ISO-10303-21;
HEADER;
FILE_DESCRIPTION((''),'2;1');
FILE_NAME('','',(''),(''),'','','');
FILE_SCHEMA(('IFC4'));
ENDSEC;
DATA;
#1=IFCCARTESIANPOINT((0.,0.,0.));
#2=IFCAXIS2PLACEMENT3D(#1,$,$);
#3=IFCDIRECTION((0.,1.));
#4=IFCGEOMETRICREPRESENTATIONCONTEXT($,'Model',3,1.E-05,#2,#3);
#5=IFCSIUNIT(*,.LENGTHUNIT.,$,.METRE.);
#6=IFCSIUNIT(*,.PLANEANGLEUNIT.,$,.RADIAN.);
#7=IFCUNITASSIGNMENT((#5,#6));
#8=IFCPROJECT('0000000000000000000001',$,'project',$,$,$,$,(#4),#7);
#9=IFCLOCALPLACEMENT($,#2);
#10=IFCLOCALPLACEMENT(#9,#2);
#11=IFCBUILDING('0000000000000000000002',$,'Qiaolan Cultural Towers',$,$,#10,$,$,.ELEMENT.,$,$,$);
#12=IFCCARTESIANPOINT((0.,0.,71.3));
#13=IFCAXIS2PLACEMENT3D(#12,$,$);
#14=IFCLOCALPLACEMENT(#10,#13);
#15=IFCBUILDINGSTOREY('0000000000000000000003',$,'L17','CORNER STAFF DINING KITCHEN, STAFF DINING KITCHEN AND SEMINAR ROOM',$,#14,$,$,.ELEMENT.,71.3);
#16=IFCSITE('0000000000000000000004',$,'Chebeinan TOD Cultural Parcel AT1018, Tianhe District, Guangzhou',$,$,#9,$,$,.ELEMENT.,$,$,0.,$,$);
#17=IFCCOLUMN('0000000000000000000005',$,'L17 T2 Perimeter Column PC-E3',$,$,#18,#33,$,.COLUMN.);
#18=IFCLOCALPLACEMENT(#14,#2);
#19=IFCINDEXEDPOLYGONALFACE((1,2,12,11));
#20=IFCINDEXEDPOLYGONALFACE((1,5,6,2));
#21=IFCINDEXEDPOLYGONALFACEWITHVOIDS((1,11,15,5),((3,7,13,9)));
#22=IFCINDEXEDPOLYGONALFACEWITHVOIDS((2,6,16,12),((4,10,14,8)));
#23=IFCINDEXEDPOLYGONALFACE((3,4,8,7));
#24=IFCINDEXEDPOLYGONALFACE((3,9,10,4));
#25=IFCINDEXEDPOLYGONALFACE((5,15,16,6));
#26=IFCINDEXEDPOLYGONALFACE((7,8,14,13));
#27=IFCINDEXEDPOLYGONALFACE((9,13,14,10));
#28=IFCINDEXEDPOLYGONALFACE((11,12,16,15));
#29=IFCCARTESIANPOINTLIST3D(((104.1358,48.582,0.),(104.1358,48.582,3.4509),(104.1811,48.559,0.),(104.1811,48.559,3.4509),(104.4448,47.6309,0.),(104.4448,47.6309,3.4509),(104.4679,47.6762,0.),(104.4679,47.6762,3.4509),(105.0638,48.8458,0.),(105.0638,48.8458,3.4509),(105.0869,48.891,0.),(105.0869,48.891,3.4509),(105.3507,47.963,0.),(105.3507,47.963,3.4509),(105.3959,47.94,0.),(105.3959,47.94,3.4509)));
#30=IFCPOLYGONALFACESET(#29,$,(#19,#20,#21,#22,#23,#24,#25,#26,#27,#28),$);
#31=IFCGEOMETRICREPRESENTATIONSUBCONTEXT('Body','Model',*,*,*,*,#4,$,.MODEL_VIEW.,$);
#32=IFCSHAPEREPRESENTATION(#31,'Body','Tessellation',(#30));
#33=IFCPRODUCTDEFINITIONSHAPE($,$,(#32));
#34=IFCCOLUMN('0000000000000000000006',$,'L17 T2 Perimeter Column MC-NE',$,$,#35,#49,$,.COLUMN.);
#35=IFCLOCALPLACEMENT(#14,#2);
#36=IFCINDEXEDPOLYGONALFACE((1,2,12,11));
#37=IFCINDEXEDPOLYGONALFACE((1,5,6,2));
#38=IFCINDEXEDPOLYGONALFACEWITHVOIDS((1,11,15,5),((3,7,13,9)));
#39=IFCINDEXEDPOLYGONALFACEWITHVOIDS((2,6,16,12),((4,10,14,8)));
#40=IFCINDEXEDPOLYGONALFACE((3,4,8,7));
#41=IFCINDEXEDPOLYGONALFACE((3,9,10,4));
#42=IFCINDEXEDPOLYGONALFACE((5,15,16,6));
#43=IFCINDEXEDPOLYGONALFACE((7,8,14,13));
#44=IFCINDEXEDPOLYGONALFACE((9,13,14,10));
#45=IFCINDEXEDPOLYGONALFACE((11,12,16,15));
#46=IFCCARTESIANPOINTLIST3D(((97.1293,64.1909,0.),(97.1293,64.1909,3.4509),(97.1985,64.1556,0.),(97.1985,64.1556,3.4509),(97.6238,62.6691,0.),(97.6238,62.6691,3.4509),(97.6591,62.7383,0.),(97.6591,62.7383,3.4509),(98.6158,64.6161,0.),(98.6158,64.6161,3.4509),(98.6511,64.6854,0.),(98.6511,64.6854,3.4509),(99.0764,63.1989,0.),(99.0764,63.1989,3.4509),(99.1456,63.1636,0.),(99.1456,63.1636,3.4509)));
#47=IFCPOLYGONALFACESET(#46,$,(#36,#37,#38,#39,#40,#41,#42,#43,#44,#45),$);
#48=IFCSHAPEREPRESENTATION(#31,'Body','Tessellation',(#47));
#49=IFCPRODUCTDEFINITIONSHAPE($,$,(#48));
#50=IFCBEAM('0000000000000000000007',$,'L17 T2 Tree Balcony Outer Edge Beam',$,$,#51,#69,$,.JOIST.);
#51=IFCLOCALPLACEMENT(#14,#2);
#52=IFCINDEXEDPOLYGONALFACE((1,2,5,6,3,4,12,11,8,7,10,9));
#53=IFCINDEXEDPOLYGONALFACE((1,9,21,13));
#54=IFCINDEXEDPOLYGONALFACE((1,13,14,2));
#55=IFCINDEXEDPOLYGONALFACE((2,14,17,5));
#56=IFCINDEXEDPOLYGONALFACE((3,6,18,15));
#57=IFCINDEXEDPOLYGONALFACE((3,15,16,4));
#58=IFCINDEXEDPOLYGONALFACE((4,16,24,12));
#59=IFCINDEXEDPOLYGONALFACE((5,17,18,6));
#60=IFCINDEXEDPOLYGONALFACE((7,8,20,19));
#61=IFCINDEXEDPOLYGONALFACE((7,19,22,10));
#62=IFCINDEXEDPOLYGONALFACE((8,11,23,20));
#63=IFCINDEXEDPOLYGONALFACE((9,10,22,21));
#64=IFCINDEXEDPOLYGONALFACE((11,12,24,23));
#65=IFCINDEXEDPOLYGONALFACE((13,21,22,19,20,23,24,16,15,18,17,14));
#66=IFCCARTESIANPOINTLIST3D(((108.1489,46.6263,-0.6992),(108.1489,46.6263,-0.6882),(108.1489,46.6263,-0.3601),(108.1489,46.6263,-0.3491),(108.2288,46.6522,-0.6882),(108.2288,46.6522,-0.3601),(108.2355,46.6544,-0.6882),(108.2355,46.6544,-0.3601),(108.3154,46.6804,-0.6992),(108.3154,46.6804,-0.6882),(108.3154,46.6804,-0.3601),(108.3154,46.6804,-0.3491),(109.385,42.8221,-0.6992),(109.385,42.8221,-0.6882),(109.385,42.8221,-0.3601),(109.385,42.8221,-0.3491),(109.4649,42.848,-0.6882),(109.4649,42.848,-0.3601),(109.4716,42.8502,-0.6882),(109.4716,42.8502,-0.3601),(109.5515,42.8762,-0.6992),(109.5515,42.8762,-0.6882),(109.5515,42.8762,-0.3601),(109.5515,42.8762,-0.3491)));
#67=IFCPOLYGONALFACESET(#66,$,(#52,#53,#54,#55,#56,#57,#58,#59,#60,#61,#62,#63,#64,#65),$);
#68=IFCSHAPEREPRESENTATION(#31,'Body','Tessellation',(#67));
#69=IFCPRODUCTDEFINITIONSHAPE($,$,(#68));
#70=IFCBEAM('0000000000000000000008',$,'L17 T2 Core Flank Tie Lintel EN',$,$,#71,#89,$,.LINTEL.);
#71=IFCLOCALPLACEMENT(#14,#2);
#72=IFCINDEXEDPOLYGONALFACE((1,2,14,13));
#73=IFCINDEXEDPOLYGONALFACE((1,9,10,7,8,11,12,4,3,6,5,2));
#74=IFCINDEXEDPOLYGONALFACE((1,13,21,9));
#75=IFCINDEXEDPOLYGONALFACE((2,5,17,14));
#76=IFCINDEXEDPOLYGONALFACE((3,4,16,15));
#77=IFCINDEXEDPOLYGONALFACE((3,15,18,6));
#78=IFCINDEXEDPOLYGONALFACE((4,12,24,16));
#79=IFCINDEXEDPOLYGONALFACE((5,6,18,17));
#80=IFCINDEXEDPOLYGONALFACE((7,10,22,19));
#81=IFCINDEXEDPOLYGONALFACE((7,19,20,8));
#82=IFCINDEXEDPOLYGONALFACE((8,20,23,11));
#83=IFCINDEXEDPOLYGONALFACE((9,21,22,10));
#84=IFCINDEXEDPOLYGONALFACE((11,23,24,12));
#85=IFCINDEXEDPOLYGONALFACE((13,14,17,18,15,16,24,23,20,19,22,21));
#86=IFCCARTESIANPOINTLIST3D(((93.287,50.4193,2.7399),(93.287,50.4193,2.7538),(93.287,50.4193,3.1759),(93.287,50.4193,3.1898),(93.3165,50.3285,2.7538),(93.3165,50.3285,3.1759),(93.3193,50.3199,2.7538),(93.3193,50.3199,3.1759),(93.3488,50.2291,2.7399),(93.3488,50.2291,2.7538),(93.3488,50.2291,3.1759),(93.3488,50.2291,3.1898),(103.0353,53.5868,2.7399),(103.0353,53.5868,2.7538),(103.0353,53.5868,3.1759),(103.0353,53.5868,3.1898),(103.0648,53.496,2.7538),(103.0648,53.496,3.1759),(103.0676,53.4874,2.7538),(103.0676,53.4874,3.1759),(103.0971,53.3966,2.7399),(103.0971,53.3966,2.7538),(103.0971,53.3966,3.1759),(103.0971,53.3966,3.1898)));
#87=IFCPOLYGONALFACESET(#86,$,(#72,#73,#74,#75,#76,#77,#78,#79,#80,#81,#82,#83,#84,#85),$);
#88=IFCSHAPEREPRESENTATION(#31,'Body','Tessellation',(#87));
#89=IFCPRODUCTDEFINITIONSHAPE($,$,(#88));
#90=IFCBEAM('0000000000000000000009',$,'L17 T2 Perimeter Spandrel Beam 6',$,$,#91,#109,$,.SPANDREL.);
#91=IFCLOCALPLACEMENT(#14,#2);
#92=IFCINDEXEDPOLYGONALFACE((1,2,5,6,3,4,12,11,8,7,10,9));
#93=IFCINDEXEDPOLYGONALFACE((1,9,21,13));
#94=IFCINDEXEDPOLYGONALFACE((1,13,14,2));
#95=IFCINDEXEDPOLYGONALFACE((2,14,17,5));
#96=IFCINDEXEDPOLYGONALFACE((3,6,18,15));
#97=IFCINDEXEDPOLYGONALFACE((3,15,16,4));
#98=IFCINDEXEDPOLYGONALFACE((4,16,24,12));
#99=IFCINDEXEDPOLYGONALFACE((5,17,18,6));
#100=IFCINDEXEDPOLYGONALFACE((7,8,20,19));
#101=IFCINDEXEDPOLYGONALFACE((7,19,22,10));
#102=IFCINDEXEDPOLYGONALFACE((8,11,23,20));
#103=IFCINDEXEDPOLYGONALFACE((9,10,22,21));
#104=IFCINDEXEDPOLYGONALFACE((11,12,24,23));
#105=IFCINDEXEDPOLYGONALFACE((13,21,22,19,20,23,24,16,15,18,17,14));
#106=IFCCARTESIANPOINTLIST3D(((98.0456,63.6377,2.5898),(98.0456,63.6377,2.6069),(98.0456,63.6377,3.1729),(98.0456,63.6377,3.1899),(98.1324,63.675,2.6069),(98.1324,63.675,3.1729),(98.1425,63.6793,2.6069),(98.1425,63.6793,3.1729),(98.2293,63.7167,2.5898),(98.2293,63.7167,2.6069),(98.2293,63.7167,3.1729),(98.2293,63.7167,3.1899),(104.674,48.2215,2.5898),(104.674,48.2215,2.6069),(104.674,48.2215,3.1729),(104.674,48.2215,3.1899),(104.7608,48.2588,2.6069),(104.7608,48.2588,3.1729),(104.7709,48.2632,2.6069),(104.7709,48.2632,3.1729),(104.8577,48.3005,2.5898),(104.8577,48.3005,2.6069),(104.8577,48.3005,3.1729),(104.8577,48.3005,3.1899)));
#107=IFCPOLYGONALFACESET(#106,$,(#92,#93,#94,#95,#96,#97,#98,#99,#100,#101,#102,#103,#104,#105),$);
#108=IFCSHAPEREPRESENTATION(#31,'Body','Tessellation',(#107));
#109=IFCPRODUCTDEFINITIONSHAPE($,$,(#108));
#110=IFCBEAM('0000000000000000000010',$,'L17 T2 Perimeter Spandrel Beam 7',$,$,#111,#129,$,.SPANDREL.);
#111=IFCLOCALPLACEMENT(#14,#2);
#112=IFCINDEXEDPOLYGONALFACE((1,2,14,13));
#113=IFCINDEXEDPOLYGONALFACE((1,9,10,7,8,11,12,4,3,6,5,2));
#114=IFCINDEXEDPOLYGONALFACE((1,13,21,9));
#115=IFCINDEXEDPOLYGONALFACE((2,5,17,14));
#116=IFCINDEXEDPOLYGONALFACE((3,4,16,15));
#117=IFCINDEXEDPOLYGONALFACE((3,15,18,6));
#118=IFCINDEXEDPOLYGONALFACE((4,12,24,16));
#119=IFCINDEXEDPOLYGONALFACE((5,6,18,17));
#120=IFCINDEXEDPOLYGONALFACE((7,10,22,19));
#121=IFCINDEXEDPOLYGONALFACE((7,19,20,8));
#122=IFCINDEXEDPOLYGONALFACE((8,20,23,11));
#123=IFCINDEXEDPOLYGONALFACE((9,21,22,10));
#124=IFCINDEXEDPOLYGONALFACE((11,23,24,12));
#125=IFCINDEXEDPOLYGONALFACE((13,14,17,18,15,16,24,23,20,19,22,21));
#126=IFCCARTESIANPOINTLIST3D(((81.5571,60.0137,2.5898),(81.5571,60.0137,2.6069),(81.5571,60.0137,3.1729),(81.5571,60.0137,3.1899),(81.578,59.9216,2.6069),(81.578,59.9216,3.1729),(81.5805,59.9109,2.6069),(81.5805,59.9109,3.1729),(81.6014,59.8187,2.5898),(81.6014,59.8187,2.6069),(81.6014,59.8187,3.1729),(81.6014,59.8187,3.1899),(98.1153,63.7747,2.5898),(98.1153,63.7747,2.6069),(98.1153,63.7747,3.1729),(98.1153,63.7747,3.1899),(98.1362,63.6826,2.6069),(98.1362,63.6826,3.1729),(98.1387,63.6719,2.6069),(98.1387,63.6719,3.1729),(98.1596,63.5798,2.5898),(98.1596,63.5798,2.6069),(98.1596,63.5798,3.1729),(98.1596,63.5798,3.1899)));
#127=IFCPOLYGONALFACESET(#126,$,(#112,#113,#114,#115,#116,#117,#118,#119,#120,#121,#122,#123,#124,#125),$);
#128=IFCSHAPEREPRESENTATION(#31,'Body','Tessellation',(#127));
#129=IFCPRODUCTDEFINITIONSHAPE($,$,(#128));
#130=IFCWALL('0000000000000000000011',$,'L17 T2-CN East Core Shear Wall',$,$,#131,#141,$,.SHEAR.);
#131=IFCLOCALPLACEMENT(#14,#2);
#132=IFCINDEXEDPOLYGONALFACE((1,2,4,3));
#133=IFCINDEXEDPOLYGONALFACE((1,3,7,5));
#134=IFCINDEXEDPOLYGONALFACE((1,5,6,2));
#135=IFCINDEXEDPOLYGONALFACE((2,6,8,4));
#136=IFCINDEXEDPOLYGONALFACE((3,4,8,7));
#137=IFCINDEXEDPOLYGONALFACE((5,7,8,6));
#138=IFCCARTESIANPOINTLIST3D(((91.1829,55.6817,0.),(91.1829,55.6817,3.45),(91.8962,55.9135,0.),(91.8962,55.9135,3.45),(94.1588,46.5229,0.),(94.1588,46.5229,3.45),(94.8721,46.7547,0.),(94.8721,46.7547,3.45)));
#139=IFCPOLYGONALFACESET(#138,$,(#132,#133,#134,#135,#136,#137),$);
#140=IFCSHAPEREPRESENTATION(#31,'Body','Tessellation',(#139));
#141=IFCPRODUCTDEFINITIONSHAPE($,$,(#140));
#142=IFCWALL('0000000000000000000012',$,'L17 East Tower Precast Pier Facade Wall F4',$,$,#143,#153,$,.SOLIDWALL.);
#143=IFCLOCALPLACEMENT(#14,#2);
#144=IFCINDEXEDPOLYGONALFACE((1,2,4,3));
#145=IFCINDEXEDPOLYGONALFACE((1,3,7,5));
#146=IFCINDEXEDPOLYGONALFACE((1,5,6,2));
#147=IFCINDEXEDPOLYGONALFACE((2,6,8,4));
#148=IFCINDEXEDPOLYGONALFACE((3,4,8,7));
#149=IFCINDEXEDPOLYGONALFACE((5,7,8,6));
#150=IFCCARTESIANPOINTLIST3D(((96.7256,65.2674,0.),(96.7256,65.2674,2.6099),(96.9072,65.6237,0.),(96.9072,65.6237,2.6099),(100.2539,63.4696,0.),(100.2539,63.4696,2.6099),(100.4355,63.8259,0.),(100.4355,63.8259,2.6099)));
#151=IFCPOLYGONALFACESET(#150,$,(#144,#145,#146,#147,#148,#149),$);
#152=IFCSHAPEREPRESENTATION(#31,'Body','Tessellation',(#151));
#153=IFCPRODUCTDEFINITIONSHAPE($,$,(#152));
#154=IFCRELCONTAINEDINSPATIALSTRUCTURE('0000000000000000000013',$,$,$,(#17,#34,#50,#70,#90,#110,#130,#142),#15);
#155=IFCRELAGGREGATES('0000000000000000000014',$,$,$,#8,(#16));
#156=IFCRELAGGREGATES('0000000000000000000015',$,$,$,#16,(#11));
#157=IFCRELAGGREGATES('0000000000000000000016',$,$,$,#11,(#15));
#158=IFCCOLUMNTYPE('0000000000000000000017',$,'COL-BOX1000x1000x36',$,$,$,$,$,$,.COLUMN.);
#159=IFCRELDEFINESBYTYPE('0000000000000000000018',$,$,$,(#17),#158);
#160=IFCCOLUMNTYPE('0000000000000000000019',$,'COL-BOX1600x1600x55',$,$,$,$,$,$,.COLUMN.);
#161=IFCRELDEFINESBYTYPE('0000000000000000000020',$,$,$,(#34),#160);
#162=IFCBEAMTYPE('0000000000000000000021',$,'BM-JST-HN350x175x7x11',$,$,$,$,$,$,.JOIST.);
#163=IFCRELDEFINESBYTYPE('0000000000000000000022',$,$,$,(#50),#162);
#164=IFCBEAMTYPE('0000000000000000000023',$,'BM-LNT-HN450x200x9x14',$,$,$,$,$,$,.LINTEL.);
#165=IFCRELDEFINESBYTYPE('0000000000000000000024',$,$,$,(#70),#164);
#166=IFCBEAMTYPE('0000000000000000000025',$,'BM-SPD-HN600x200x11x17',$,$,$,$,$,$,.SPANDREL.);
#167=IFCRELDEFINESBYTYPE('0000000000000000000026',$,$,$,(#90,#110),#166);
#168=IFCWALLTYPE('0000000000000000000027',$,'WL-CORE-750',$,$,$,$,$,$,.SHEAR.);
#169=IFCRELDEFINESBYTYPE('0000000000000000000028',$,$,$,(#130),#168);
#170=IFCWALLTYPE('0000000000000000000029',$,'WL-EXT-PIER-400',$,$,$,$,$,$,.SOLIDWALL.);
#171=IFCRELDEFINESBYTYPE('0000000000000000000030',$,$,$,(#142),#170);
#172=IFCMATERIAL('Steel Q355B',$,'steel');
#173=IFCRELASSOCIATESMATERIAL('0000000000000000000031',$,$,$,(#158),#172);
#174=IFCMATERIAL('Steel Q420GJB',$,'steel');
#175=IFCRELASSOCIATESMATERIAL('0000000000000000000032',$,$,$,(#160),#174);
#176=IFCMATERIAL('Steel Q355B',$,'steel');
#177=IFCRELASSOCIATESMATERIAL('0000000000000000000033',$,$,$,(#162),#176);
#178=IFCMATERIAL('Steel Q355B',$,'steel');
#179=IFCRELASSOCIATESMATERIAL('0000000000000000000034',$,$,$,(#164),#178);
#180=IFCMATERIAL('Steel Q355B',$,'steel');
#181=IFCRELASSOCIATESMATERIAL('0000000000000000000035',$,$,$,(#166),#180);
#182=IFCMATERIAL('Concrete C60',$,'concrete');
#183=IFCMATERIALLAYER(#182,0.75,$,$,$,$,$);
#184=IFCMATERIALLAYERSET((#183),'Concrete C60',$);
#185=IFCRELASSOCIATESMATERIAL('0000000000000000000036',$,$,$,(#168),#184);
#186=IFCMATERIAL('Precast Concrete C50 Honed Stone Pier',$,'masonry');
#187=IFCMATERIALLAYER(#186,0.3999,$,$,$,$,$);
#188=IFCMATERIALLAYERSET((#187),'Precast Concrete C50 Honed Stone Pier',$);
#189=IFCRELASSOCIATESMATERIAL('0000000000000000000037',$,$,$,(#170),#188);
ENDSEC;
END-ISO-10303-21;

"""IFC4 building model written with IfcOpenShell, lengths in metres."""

from ifc_helpers import new_model, si_unit, direction, frame, frame_2d, origin, origin_2d, place, context, subcontext, project, spatial, rectangle, hollow_rectangle, i_section, extrude, material, layer, layer_set, material_profile, profile_set, type_object, element, save


model = new_model("IFC4")

# Units and contexts
model_context = context("Model", 3, precision=1e-05, world=origin(), true_north=direction((0.0, 1.0)))
body_context = subcontext(model_context, "Body", "Model", "MODEL_VIEW")
ifc_project = project(units=[si_unit("LENGTHUNIT", "METRE"), si_unit("PLANEANGLEUNIT", "RADIAN")], contexts=[model_context])

# Site, building, storey
site_placement = place(None, origin())
site = spatial("IfcSite", under=ifc_project, at=site_placement, Name="Chebeinan TOD Cultural Parcel AT1018, Tianhe District, Guangzhou", CompositionType="ELEMENT", RefElevation=0.0)
building_placement = place(site_placement, origin())
building = spatial("IfcBuilding", under=site, at=building_placement, Name="Qiaolan Cultural Towers", CompositionType="ELEMENT")
storey_placement = place(building_placement, frame((0.0, 0.0, 71.3)))
storey = spatial("IfcBuildingStorey", under=building, at=storey_placement, Name="L17", Description="CORNER STAFF DINING KITCHEN, STAFF DINING KITCHEN AND SEMINAR ROOM", CompositionType="ELEMENT", Elevation=71.3)

# Columns
ifc_material_1 = material(Name="Steel Q355B", Category="steel")
ifc_material_profile_1 = material_profile(ifc_material_1, hollow_rectangle(XDim=1.0, YDim=1.0, WallThickness=0.0359, at=origin_2d()), Name="BOX1000x1000x36")
ifc_profile_set_1 = profile_set([ifc_material_profile_1], Name="Steel Q355B")
column_type_1 = type_object("IfcColumnType", Name="COL-BOX1000x1000x36", PredefinedType="COLUMN", material=ifc_profile_set_1)
column_1_placement = place(storey_placement, frame((104.7659, 48.261, 0.0), z_axis=(0.0, 0.0, 1.0), x_axis=(0.951057, 0.309017, 0.0)))
element("IfcColumn", 1, at=column_1_placement, inside=storey, type_object=column_type_1, Name="L17 T2 Perimeter Column PC-E3", PredefinedType="COLUMN", context=body_context, shape_type="SweptSolid", body=[
    extrude(hollow_rectangle(XDim=1.0, YDim=1.0, WallThickness=0.0359, at=origin_2d()), origin(), (0.0, 0.0, 1.0), 3.4509),
])
ifc_material_2 = material(Name="Steel Q420GJB", Category="steel")
ifc_material_profile_2 = material_profile(ifc_material_2, hollow_rectangle(XDim=1.6001, YDim=1.6001, WallThickness=0.0549, at=origin_2d()), Name="BOX1600x1600x55")
ifc_profile_set_2 = profile_set([ifc_material_profile_2], Name="Steel Q420GJB")
column_type_2 = type_object("IfcColumnType", Name="COL-BOX1600x1600x55", PredefinedType="COLUMN", material=ifc_profile_set_2)
column_2_placement = place(storey_placement, frame((98.1375, 63.6772, 0.0), z_axis=(0.0, 0.0, 1.0), x_axis=(0.951057, 0.309017, 0.0)))
element("IfcColumn", 2, at=column_2_placement, inside=storey, type_object=column_type_2, Name="L17 T2 Perimeter Column MC-NE", PredefinedType="COLUMN", context=body_context, shape_type="SweptSolid", body=[
    extrude(hollow_rectangle(XDim=1.6001, YDim=1.6001, WallThickness=0.0549, at=origin_2d()), origin(), (0.0, 0.0, 1.0), 3.4509),
])

# Beams
ifc_material_3 = material(Name="Steel Q355B", Category="steel")
ifc_material_profile_3 = material_profile(ifc_material_3, i_section(OverallWidth=0.175, OverallDepth=0.3501, WebThickness=0.0071, FlangeThickness=0.011, at=origin_2d()), Name="HN350x175x7x11")
ifc_profile_set_3 = profile_set([ifc_material_profile_3], Name="Steel Q355B")
beam_type_1 = type_object("IfcBeamType", Name="BM-JST-HN350x175x7x11", PredefinedType="JOIST", material=ifc_profile_set_3)
beam_1_placement = place(storey_placement, frame((109.4683, 42.8491, -0.5242), z_axis=(-0.309023, 0.951055, 0.0), x_axis=(-0.951055, -0.309023, 0.0)))
element("IfcBeam", 3, at=beam_1_placement, inside=storey, type_object=beam_type_1, Name="L17 T2 Tree Balcony Outer Edge Beam", PredefinedType="JOIST", context=body_context, shape_type="SweptSolid", body=[
    extrude(i_section(OverallWidth=0.175, OverallDepth=0.3501, WebThickness=0.0071, FlangeThickness=0.011, at=origin_2d()), origin(), (0.0, 0.0, 1.0), 4.0),
])
ifc_material_4 = material(Name="Steel Q355B", Category="steel")
ifc_material_profile_4 = material_profile(ifc_material_4, i_section(OverallWidth=0.2, OverallDepth=0.45, WebThickness=0.009, FlangeThickness=0.0139, at=origin_2d()), Name="HN450x200x9x14")
ifc_profile_set_4 = profile_set([ifc_material_profile_4], Name="Steel Q355B")
beam_type_2 = type_object("IfcBeamType", Name="BM-LNT-HN450x200x9x14", PredefinedType="LINTEL", material=ifc_profile_set_4)
beam_2_placement = place(storey_placement, frame((93.3179, 50.3242, 2.9648), z_axis=(0.951055, 0.309023, 0.0), x_axis=(-0.309023, 0.951055, 0.0)))
element("IfcBeam", 4, at=beam_2_placement, inside=storey, type_object=beam_type_2, Name="L17 T2 Core Flank Tie Lintel EN", PredefinedType="LINTEL", context=body_context, shape_type="SweptSolid", body=[
    extrude(i_section(OverallWidth=0.2, OverallDepth=0.45, WebThickness=0.009, FlangeThickness=0.0139, at=origin_2d()), origin(), (0.0, 0.0, 1.0), 10.25),
])
ifc_material_5 = material(Name="Steel Q355B", Category="steel")
ifc_material_profile_5 = material_profile(ifc_material_5, i_section(OverallWidth=0.2, OverallDepth=0.6001, WebThickness=0.011, FlangeThickness=0.0171, at=origin_2d()), Name="HN600x200x11x17")
ifc_profile_set_5 = profile_set([ifc_material_profile_5], Name="Steel Q355B")
beam_type_3 = type_object("IfcBeamType", Name="BM-SPD-HN600x200x11x17", PredefinedType="SPANDREL", material=ifc_profile_set_5)
beam_3_placement = place(storey_placement, frame((104.7659, 48.261, 2.8899), z_axis=(-0.394999, 0.918682, 0.0), x_axis=(-0.918682, -0.394999, 0.0)))
element("IfcBeam", 5, at=beam_3_placement, inside=storey, type_object=beam_type_3, Name="L17 T2 Perimeter Spandrel Beam 6", PredefinedType="SPANDREL", context=body_context, shape_type="SweptSolid", body=[
    extrude(i_section(OverallWidth=0.2, OverallDepth=0.6001, WebThickness=0.011, FlangeThickness=0.0171, at=origin_2d()), origin(), (0.0, 0.0, 1.0), 16.7808),
])
beam_4_placement = place(storey_placement, frame((98.1375, 63.6772, 2.8899), z_axis=(-0.975161, -0.221497, 0.0), x_axis=(0.221497, -0.975161, 0.0)))
element("IfcBeam", 6, at=beam_4_placement, inside=storey, type_object=beam_type_3, Name="L17 T2 Perimeter Spandrel Beam 7", PredefinedType="SPANDREL", context=body_context, shape_type="SweptSolid", body=[
    extrude(i_section(OverallWidth=0.2, OverallDepth=0.6001, WebThickness=0.011, FlangeThickness=0.0171, at=origin_2d()), origin(), (0.0, 0.0, 1.0), 16.98),
])

# Walls
ifc_material_6 = material(Name="Concrete C60", Category="concrete")
ifc_layer_1 = layer(ifc_material_6, 0.75)
ifc_layer_set_1 = layer_set([ifc_layer_1], Name="Concrete C60")
wall_type_1 = type_object("IfcWallType", Name="WL-CORE-750", PredefinedType="SHEAR", material=ifc_layer_set_1)
wall_1_placement = place(storey_placement, frame((94.5154, 46.6389, 0.0), z_axis=(0.0, 0.0, 1.0), x_axis=(-0.309016, 0.951057, 0.0)))
element("IfcWall", 7, at=wall_1_placement, inside=storey, type_object=wall_type_1, Name="L17 T2-CN East Core Shear Wall", PredefinedType="SHEAR", context=body_context, shape_type="SweptSolid", body=[
    extrude(rectangle(XDim=9.6301, YDim=0.75, at=frame_2d((4.8149, 0.0))), origin(), (0.0, 0.0, 1.0), 3.45),
])
ifc_material_7 = material(Name="Precast Concrete C50 Honed Stone Pier", Category="masonry")
ifc_layer_2 = layer(ifc_material_7, 0.3999)
ifc_layer_set_2 = layer_set([ifc_layer_2], Name="Precast Concrete C50 Honed Stone Pier")
wall_type_2 = type_object("IfcWallType", Name="WL-EXT-PIER-400", PredefinedType="SOLIDWALL", material=ifc_layer_set_2)
wall_2_placement = place(storey_placement, frame((96.8164, 65.4456, 0.0), z_axis=(0.0, 0.0, 1.0), x_axis=(0.890998, -0.454007, 0.0)))
element("IfcWall", 8, at=wall_2_placement, inside=storey, type_object=wall_type_2, Name="L17 East Tower Precast Pier Facade Wall F4", PredefinedType="SOLIDWALL", context=body_context, shape_type="SweptSolid", body=[
    extrude(rectangle(XDim=3.96, YDim=0.3999, at=frame_2d((1.98, 0.0))), origin(), (0.0, 0.0, 1.0), 2.6099),
])

save(model, "model.ifc")
